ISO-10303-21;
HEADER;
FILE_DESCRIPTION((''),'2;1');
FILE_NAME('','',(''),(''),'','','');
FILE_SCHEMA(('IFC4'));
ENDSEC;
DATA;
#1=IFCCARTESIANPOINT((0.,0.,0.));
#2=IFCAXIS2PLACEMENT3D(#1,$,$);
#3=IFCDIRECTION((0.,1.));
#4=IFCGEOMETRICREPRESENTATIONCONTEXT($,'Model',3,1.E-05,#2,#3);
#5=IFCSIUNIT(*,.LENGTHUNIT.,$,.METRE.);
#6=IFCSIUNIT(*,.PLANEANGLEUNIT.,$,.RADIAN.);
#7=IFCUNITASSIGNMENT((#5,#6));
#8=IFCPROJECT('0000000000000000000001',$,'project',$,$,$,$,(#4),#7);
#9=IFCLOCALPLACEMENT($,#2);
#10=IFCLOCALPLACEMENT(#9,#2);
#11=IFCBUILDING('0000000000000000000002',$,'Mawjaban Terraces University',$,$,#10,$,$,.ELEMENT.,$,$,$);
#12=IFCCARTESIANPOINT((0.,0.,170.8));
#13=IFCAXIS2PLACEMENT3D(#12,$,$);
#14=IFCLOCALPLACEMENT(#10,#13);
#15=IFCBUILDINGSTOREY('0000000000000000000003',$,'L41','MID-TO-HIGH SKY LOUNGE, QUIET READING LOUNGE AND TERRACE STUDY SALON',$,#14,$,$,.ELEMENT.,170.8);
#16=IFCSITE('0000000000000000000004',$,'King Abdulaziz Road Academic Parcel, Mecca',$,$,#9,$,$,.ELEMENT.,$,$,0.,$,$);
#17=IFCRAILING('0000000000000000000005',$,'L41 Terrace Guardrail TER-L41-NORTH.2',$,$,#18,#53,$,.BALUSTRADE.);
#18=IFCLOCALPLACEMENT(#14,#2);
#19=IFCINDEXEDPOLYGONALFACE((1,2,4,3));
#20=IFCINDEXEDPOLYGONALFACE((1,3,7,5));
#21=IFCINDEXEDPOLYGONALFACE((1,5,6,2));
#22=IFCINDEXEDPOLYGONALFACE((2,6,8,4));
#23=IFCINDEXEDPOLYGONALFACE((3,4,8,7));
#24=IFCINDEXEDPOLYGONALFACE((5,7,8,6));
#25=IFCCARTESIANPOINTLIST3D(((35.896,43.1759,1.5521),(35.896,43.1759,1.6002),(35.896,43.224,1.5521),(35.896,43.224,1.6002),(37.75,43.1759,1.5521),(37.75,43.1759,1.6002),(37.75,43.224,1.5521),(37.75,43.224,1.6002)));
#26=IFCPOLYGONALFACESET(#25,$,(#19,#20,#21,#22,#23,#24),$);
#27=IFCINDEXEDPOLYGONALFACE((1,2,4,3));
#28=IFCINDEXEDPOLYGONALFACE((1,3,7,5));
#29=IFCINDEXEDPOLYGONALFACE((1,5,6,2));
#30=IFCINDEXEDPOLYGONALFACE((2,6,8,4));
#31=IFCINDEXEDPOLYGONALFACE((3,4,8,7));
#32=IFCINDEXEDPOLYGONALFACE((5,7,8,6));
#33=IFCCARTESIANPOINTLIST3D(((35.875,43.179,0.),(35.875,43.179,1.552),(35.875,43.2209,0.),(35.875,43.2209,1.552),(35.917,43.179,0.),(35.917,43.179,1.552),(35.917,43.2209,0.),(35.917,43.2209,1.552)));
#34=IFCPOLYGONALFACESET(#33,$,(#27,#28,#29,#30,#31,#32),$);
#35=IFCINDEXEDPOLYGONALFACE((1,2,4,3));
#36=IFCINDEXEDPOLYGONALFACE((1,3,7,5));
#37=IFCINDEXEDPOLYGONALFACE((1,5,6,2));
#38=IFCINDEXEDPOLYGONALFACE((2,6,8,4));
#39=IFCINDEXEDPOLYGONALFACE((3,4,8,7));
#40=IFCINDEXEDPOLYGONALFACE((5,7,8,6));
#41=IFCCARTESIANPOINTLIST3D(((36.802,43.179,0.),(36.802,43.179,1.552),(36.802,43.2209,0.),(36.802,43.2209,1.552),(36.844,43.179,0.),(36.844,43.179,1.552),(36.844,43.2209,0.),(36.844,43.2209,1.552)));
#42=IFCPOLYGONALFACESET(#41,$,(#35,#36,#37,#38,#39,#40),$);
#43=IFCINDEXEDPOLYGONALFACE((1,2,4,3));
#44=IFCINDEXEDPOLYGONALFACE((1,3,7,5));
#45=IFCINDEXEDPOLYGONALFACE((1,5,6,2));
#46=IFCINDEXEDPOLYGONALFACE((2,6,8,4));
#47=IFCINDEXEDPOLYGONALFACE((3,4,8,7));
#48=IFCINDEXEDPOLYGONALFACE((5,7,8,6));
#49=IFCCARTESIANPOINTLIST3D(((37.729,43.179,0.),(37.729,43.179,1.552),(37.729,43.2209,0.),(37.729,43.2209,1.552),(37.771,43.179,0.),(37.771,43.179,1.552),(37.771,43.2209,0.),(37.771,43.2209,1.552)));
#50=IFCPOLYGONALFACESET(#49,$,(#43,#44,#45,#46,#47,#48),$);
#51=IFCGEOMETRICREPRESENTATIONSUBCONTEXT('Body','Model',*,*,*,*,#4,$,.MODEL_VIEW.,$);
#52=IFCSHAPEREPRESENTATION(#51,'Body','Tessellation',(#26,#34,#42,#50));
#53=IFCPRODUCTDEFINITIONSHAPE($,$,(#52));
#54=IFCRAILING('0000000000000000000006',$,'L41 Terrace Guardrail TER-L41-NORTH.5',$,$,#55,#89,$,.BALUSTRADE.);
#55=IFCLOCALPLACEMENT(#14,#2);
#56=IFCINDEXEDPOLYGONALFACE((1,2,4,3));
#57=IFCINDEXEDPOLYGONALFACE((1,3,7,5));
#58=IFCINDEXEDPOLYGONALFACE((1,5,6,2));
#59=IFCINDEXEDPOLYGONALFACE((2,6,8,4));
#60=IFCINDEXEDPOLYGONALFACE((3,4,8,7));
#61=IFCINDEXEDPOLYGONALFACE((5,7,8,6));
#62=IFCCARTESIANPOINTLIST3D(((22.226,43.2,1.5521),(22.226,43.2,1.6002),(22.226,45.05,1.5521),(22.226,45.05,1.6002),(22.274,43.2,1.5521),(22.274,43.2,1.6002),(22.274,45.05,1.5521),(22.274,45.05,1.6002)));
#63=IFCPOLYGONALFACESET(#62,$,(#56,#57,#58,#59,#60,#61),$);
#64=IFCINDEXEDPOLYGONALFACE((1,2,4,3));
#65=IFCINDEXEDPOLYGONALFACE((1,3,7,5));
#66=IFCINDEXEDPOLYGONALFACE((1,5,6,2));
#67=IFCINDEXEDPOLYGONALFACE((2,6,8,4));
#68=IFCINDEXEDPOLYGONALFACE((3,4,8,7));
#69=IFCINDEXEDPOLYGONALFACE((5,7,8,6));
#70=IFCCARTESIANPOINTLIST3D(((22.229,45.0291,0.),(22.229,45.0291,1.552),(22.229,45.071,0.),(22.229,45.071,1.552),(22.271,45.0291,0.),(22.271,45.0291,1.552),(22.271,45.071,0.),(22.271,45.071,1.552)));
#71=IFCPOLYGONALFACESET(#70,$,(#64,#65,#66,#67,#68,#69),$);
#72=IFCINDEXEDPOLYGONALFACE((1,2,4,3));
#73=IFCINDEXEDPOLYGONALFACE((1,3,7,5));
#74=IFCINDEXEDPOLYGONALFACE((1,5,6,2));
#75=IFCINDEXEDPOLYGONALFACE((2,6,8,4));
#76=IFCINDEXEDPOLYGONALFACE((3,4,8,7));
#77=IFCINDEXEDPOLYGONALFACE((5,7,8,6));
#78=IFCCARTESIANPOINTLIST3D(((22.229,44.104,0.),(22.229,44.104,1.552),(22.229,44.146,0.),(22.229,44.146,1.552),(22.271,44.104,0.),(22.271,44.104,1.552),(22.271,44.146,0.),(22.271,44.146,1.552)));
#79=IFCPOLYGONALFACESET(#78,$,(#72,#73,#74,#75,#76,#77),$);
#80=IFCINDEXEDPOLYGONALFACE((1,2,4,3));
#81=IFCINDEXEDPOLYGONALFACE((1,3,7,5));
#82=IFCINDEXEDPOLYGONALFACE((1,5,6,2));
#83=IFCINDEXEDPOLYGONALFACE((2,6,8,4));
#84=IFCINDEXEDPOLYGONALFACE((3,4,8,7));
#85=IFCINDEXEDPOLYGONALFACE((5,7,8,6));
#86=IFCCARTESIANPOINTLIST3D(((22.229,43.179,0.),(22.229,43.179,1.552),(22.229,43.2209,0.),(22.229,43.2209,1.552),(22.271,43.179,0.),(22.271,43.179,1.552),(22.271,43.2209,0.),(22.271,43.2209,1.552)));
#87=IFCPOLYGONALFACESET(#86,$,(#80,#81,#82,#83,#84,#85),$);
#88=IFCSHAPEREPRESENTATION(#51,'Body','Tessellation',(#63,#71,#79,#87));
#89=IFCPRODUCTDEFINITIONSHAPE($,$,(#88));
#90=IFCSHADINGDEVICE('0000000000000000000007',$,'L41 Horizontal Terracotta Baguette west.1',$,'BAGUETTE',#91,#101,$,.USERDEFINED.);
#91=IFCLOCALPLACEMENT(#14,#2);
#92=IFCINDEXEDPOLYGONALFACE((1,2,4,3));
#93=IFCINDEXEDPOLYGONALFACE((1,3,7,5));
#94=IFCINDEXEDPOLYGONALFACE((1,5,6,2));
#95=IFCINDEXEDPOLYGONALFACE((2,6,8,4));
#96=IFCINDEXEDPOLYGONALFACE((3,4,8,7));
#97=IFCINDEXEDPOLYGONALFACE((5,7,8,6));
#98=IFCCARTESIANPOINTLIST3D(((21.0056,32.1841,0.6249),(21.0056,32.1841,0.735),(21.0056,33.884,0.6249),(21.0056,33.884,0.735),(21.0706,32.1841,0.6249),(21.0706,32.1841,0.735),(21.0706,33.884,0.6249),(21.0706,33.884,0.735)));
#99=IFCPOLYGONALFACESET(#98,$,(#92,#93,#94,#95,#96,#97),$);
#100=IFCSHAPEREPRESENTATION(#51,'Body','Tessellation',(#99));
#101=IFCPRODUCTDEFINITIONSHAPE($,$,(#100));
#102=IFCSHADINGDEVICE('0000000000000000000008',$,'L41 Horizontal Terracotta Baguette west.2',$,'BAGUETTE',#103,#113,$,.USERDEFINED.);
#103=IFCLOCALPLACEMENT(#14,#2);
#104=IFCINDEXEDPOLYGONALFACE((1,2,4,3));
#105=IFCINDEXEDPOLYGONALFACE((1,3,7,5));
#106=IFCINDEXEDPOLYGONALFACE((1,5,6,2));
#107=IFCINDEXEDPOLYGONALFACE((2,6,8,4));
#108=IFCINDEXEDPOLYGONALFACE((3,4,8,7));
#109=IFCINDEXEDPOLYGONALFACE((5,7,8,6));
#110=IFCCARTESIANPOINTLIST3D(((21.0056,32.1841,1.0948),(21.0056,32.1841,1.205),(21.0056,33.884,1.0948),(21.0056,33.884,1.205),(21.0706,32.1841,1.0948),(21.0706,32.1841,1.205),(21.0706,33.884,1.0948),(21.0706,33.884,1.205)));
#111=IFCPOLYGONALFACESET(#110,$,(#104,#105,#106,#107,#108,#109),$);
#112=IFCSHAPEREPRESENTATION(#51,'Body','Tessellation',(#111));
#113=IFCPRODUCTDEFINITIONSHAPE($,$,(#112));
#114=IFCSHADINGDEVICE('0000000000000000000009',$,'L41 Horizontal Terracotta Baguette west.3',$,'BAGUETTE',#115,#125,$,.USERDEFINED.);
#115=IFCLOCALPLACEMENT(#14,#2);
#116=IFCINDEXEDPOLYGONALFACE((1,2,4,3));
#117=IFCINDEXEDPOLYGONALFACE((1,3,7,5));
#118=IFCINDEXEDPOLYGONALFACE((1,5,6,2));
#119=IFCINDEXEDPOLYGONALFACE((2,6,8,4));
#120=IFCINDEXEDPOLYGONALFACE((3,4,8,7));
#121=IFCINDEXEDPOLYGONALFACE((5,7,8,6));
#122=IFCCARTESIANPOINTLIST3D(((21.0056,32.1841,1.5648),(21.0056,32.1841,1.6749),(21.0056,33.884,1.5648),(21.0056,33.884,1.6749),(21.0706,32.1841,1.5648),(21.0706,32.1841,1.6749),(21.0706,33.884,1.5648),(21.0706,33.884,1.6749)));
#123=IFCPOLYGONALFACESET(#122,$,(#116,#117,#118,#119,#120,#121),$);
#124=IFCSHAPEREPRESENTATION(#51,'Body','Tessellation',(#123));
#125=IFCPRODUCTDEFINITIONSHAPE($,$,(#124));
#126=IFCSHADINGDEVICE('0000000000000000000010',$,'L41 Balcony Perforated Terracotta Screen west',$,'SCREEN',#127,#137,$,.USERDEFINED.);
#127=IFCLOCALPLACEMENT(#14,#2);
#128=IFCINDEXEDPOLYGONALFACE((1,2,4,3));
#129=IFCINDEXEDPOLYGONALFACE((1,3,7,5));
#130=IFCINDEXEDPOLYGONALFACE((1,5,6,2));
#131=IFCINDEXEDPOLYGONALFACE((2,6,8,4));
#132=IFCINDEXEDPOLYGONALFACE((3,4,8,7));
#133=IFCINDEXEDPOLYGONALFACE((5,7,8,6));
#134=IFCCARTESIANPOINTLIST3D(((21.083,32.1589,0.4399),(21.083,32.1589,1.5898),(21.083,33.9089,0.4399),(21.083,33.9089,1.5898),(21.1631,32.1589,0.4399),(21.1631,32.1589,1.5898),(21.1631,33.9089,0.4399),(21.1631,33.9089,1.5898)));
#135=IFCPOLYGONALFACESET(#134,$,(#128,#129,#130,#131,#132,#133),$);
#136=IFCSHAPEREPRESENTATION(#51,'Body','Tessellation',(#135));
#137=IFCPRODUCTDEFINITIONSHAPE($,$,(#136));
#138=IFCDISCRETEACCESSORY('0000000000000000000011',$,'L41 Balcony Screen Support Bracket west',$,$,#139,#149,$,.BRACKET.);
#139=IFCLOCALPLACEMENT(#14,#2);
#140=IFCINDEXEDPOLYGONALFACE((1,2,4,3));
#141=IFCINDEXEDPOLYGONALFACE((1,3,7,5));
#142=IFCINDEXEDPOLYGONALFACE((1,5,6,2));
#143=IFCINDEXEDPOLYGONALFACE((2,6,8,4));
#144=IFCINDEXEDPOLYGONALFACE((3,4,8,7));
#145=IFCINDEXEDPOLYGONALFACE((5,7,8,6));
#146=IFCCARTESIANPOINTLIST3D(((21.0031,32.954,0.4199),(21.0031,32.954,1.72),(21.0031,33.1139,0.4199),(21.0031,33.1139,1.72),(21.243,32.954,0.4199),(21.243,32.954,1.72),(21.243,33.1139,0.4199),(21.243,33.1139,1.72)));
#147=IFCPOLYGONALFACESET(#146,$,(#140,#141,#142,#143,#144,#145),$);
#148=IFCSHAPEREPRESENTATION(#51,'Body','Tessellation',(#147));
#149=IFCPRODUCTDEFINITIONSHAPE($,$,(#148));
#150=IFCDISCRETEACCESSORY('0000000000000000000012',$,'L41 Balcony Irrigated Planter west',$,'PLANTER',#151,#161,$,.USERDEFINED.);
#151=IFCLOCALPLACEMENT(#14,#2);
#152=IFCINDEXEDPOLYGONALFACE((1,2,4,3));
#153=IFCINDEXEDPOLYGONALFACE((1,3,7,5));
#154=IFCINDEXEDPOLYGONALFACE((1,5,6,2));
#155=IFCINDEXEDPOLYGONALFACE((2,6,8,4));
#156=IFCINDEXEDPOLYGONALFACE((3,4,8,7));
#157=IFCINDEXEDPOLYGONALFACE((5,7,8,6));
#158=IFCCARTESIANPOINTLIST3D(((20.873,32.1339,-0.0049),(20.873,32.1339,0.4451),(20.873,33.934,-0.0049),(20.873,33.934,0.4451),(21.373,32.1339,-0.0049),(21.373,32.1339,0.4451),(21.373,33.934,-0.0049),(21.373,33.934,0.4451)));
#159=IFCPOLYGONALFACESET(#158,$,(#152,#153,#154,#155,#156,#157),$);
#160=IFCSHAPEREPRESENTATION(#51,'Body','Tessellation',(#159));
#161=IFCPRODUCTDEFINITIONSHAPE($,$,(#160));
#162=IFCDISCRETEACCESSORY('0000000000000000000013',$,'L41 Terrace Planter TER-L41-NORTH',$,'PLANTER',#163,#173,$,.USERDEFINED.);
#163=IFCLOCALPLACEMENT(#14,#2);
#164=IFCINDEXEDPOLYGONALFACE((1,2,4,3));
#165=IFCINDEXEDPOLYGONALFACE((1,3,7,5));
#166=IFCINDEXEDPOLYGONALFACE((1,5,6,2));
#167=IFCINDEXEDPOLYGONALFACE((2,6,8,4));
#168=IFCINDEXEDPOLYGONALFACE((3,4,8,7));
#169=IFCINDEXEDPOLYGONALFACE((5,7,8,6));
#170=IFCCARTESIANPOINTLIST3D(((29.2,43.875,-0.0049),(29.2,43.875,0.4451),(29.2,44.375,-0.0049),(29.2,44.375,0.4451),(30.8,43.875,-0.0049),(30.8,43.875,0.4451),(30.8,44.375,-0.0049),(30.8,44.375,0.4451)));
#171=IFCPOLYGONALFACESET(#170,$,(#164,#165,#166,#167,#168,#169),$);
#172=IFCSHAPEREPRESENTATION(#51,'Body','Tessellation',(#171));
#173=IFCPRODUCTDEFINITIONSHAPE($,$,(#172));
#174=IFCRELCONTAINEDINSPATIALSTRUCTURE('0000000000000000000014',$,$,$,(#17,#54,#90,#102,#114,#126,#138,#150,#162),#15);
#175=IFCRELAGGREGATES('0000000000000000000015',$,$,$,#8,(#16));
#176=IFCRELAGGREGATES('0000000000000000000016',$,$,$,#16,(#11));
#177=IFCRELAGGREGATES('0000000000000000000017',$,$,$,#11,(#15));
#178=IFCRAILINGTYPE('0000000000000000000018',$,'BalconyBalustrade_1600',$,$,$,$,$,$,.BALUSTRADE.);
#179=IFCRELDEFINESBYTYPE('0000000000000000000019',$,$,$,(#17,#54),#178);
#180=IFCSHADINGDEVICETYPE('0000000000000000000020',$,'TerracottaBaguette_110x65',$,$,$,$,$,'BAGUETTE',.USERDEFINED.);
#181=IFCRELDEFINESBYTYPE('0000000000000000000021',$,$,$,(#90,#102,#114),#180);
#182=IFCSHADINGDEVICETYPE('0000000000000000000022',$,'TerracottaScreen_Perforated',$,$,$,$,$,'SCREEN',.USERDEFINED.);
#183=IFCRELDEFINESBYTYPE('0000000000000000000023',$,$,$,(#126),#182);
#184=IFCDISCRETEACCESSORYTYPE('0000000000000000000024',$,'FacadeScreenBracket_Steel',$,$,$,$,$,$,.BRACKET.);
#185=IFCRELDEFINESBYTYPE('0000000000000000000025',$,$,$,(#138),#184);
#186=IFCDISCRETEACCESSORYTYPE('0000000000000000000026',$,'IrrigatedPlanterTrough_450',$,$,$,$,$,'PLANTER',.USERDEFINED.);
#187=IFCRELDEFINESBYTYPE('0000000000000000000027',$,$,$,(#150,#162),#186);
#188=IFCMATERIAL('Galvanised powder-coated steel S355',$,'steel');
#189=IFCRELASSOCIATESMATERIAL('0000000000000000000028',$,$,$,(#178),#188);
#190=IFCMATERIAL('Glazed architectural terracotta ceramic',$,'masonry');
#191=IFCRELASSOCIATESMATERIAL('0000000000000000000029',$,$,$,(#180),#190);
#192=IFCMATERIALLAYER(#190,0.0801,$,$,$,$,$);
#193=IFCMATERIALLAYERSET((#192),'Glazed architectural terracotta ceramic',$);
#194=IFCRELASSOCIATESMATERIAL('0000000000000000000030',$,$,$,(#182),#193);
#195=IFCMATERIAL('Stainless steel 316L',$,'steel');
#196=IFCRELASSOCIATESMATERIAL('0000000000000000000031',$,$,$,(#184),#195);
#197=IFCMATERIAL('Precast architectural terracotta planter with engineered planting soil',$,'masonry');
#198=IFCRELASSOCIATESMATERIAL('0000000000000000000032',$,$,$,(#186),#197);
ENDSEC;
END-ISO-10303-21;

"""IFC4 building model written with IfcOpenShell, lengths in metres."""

from ifc_helpers import new_model, si_unit, direction, frame, origin, origin_2d, place, context, subcontext, project, spatial, rectangle, extrude, material, layer, layer_set, material_profile, profile_set, type_object, element, save


model = new_model("IFC4")

# Units and contexts
model_context = context("Model", 3, precision=1e-05, world=origin(), true_north=direction((0.0, 1.0)))
body_context = subcontext(model_context, "Body", "Model", "MODEL_VIEW")
ifc_project = project(units=[si_unit("LENGTHUNIT", "METRE"), si_unit("PLANEANGLEUNIT", "RADIAN")], contexts=[model_context])

# Site, building, storey
site_placement = place(None, origin())
site = spatial("IfcSite", under=ifc_project, at=site_placement, Name="King Abdulaziz Road Academic Parcel, Mecca", CompositionType="ELEMENT", RefElevation=0.0)
building_placement = place(site_placement, origin())
building = spatial("IfcBuilding", under=site, at=building_placement, Name="Mawjaban Terraces University", CompositionType="ELEMENT")
storey_placement = place(building_placement, frame((0.0, 0.0, 170.8)))
storey = spatial("IfcBuildingStorey", under=building, at=storey_placement, Name="L41", Description="MID-TO-HIGH SKY LOUNGE, QUIET READING LOUNGE AND TERRACE STUDY SALON", CompositionType="ELEMENT", Elevation=170.8)

# Railings
ifc_material_1 = material(Name="Galvanised powder-coated steel S355", Category="steel")
railing_type = type_object("IfcRailingType", Name="BalconyBalustrade_1600", PredefinedType="BALUSTRADE", material=ifc_material_1)
for number, where, name in (
    (1, (35.896, 43.2, 0.0), "L41 Terrace Guardrail TER-L41-NORTH.2"),
):
    element("IfcRailing", number, at=place(storey_placement, frame(where)), inside=storey, type_object=railing_type, Name=name, PredefinedType="BALUSTRADE", context=body_context, shape_type="SweptSolid", body=[
        extrude(rectangle(XDim=0.0481, YDim=0.0481, at=origin_2d()), frame((0.0, 0.0, 1.5762), z_axis=(1.0, 0.0, 0.0), x_axis=(0.0, 1.0, 0.0)), (0.0, 0.0, 1.0), 1.854),
        extrude(rectangle(XDim=0.042, YDim=0.042, at=origin_2d()), origin(), (0.0, 0.0, 1.0), 1.552),
        extrude(rectangle(XDim=0.042, YDim=0.042, at=origin_2d()), frame((0.927, 0.0, 0.0)), (0.0, 0.0, 1.0), 1.552),
        extrude(rectangle(XDim=0.042, YDim=0.042, at=origin_2d()), frame((1.854, 0.0, 0.0)), (0.0, 0.0, 1.0), 1.552),
    ])
railing_placement = place(storey_placement, frame((22.25, 45.05, 0.0)))
element("IfcRailing", 2, at=railing_placement, inside=storey, type_object=railing_type, Name="L41 Terrace Guardrail TER-L41-NORTH.5", PredefinedType="BALUSTRADE", context=body_context, shape_type="SweptSolid", body=[
    extrude(rectangle(XDim=0.0481, YDim=0.0481, at=origin_2d()), frame((0.0, 0.0, 1.5762), z_axis=(0.0, -1.0, 0.0), x_axis=(1.0, 0.0, 0.0)), (0.0, 0.0, 1.0), 1.8501),
    extrude(rectangle(XDim=0.042, YDim=0.042, at=origin_2d()), origin(), (0.0, 0.0, 1.0), 1.552),
    extrude(rectangle(XDim=0.042, YDim=0.042, at=origin_2d()), frame((0.0, -0.925, 0.0)), (0.0, 0.0, 1.0), 1.552),
    extrude(rectangle(XDim=0.042, YDim=0.042, at=origin_2d()), frame((0.0, -1.8501, 0.0)), (0.0, 0.0, 1.0), 1.552),
])

# Shading devices
ifc_material_2 = material(Name="Glazed architectural terracotta ceramic", Category="masonry")
ifc_material_profile_1 = material_profile(ifc_material_2, rectangle(XDim=0.0649, YDim=0.1101, at=origin_2d()), Name="TBAG110X65")
ifc_profile_set_1 = profile_set([ifc_material_profile_1], Name="Glazed architectural terracotta ceramic")
shading_device_type_1 = type_object("IfcShadingDeviceType", Name="TerracottaBaguette_110x65", ElementType="BAGUETTE", PredefinedType="USERDEFINED", material=ifc_profile_set_1)
for number, where, z_axis, x_axis, name in (
    (3, (21.0381, 32.1841, 0.6799), (0.0, 1.0, 0.0), (-1.0, 0.0, 0.0), "L41 Horizontal Terracotta Baguette west.1"),
    (4, (21.0381, 32.1841, 1.1499), (0.0, 1.0, 0.0), (-1.0, 0.0, 0.0), "L41 Horizontal Terracotta Baguette west.2"),
    (5, (21.0381, 32.1841, 1.6199), (0.0, 1.0, 0.0), (-1.0, 0.0, 0.0), "L41 Horizontal Terracotta Baguette west.3"),
):
    element("IfcShadingDevice", number, at=place(storey_placement, frame(where, z_axis=z_axis, x_axis=x_axis)), inside=storey, type_object=shading_device_type_1, Name=name, ObjectType="BAGUETTE", PredefinedType="USERDEFINED", context=body_context, shape_type="SweptSolid", body=[
        extrude(rectangle(XDim=0.0649, YDim=0.1101, at=origin_2d()), origin(), (0.0, 0.0, 1.0), 1.7),
    ])
ifc_layer_1 = layer(ifc_material_2, 0.0801)
ifc_layer_set_1 = layer_set([ifc_layer_1], Name="Glazed architectural terracotta ceramic")
shading_device_type_2 = type_object("IfcShadingDeviceType", Name="TerracottaScreen_Perforated", ElementType="SCREEN", PredefinedType="USERDEFINED", material=ifc_layer_set_1)
shading_device_placement = place(storey_placement, frame((21.123, 33.0339, 0.4399), z_axis=(0.0, 0.0, 1.0), x_axis=(0.0, 1.0, 0.0)))
element("IfcShadingDevice", 6, at=shading_device_placement, inside=storey, type_object=shading_device_type_2, Name="L41 Balcony Perforated Terracotta Screen west", ObjectType="SCREEN", PredefinedType="USERDEFINED", context=body_context, shape_type="SweptSolid", body=[
    extrude(rectangle(XDim=1.75, YDim=0.0801, at=origin_2d()), origin(), (0.0, 0.0, 1.0), 1.1499),
])

# Discrete accessories
ifc_material_3 = material(Name="Stainless steel 316L", Category="steel")
discrete_accessory_type_1 = type_object("IfcDiscreteAccessoryType", Name="FacadeScreenBracket_Steel", PredefinedType="BRACKET", material=ifc_material_3)
discrete_accessory_1_placement = place(storey_placement, frame((21.123, 33.0339, 0.4199), z_axis=(0.0, 0.0, 1.0), x_axis=(0.0, 1.0, 0.0)))
element("IfcDiscreteAccessory", 7, at=discrete_accessory_1_placement, inside=storey, type_object=discrete_accessory_type_1, Name="L41 Balcony Screen Support Bracket west", PredefinedType="BRACKET", context=body_context, shape_type="SweptSolid", body=[
    extrude(rectangle(XDim=0.1599, YDim=0.24, at=origin_2d()), origin(), (0.0, 0.0, 1.0), 1.3),
])
ifc_material_4 = material(Name="Precast architectural terracotta planter with engineered planting soil", Category="masonry")
discrete_accessory_type_2 = type_object("IfcDiscreteAccessoryType", Name="IrrigatedPlanterTrough_450", ElementType="PLANTER", PredefinedType="USERDEFINED", material=ifc_material_4)
discrete_accessory_2_placement = place(storey_placement, frame((21.123, 33.0339, -0.0049), z_axis=(0.0, 0.0, 1.0), x_axis=(0.0, 1.0, 0.0)))
element("IfcDiscreteAccessory", 8, at=discrete_accessory_2_placement, inside=storey, type_object=discrete_accessory_type_2, Name="L41 Balcony Irrigated Planter west", ObjectType="PLANTER", PredefinedType="USERDEFINED", context=body_context, shape_type="SweptSolid", body=[
    extrude(rectangle(XDim=1.8, YDim=0.5, at=origin_2d()), origin(), (0.0, 0.0, 1.0), 0.45),
])
discrete_accessory_3_placement = place(storey_placement, frame((30.0, 44.125, -0.0049), z_axis=(0.0, 0.0, 1.0), x_axis=(1.0, 0.0, 0.0)))
element("IfcDiscreteAccessory", 9, at=discrete_accessory_3_placement, inside=storey, type_object=discrete_accessory_type_2, Name="L41 Terrace Planter TER-L41-NORTH", ObjectType="PLANTER", PredefinedType="USERDEFINED", context=body_context, shape_type="SweptSolid", body=[
    extrude(rectangle(XDim=1.6001, YDim=0.5, at=origin_2d()), origin(), (0.0, 0.0, 1.0), 0.45),
])

save(model, "model.ifc")
